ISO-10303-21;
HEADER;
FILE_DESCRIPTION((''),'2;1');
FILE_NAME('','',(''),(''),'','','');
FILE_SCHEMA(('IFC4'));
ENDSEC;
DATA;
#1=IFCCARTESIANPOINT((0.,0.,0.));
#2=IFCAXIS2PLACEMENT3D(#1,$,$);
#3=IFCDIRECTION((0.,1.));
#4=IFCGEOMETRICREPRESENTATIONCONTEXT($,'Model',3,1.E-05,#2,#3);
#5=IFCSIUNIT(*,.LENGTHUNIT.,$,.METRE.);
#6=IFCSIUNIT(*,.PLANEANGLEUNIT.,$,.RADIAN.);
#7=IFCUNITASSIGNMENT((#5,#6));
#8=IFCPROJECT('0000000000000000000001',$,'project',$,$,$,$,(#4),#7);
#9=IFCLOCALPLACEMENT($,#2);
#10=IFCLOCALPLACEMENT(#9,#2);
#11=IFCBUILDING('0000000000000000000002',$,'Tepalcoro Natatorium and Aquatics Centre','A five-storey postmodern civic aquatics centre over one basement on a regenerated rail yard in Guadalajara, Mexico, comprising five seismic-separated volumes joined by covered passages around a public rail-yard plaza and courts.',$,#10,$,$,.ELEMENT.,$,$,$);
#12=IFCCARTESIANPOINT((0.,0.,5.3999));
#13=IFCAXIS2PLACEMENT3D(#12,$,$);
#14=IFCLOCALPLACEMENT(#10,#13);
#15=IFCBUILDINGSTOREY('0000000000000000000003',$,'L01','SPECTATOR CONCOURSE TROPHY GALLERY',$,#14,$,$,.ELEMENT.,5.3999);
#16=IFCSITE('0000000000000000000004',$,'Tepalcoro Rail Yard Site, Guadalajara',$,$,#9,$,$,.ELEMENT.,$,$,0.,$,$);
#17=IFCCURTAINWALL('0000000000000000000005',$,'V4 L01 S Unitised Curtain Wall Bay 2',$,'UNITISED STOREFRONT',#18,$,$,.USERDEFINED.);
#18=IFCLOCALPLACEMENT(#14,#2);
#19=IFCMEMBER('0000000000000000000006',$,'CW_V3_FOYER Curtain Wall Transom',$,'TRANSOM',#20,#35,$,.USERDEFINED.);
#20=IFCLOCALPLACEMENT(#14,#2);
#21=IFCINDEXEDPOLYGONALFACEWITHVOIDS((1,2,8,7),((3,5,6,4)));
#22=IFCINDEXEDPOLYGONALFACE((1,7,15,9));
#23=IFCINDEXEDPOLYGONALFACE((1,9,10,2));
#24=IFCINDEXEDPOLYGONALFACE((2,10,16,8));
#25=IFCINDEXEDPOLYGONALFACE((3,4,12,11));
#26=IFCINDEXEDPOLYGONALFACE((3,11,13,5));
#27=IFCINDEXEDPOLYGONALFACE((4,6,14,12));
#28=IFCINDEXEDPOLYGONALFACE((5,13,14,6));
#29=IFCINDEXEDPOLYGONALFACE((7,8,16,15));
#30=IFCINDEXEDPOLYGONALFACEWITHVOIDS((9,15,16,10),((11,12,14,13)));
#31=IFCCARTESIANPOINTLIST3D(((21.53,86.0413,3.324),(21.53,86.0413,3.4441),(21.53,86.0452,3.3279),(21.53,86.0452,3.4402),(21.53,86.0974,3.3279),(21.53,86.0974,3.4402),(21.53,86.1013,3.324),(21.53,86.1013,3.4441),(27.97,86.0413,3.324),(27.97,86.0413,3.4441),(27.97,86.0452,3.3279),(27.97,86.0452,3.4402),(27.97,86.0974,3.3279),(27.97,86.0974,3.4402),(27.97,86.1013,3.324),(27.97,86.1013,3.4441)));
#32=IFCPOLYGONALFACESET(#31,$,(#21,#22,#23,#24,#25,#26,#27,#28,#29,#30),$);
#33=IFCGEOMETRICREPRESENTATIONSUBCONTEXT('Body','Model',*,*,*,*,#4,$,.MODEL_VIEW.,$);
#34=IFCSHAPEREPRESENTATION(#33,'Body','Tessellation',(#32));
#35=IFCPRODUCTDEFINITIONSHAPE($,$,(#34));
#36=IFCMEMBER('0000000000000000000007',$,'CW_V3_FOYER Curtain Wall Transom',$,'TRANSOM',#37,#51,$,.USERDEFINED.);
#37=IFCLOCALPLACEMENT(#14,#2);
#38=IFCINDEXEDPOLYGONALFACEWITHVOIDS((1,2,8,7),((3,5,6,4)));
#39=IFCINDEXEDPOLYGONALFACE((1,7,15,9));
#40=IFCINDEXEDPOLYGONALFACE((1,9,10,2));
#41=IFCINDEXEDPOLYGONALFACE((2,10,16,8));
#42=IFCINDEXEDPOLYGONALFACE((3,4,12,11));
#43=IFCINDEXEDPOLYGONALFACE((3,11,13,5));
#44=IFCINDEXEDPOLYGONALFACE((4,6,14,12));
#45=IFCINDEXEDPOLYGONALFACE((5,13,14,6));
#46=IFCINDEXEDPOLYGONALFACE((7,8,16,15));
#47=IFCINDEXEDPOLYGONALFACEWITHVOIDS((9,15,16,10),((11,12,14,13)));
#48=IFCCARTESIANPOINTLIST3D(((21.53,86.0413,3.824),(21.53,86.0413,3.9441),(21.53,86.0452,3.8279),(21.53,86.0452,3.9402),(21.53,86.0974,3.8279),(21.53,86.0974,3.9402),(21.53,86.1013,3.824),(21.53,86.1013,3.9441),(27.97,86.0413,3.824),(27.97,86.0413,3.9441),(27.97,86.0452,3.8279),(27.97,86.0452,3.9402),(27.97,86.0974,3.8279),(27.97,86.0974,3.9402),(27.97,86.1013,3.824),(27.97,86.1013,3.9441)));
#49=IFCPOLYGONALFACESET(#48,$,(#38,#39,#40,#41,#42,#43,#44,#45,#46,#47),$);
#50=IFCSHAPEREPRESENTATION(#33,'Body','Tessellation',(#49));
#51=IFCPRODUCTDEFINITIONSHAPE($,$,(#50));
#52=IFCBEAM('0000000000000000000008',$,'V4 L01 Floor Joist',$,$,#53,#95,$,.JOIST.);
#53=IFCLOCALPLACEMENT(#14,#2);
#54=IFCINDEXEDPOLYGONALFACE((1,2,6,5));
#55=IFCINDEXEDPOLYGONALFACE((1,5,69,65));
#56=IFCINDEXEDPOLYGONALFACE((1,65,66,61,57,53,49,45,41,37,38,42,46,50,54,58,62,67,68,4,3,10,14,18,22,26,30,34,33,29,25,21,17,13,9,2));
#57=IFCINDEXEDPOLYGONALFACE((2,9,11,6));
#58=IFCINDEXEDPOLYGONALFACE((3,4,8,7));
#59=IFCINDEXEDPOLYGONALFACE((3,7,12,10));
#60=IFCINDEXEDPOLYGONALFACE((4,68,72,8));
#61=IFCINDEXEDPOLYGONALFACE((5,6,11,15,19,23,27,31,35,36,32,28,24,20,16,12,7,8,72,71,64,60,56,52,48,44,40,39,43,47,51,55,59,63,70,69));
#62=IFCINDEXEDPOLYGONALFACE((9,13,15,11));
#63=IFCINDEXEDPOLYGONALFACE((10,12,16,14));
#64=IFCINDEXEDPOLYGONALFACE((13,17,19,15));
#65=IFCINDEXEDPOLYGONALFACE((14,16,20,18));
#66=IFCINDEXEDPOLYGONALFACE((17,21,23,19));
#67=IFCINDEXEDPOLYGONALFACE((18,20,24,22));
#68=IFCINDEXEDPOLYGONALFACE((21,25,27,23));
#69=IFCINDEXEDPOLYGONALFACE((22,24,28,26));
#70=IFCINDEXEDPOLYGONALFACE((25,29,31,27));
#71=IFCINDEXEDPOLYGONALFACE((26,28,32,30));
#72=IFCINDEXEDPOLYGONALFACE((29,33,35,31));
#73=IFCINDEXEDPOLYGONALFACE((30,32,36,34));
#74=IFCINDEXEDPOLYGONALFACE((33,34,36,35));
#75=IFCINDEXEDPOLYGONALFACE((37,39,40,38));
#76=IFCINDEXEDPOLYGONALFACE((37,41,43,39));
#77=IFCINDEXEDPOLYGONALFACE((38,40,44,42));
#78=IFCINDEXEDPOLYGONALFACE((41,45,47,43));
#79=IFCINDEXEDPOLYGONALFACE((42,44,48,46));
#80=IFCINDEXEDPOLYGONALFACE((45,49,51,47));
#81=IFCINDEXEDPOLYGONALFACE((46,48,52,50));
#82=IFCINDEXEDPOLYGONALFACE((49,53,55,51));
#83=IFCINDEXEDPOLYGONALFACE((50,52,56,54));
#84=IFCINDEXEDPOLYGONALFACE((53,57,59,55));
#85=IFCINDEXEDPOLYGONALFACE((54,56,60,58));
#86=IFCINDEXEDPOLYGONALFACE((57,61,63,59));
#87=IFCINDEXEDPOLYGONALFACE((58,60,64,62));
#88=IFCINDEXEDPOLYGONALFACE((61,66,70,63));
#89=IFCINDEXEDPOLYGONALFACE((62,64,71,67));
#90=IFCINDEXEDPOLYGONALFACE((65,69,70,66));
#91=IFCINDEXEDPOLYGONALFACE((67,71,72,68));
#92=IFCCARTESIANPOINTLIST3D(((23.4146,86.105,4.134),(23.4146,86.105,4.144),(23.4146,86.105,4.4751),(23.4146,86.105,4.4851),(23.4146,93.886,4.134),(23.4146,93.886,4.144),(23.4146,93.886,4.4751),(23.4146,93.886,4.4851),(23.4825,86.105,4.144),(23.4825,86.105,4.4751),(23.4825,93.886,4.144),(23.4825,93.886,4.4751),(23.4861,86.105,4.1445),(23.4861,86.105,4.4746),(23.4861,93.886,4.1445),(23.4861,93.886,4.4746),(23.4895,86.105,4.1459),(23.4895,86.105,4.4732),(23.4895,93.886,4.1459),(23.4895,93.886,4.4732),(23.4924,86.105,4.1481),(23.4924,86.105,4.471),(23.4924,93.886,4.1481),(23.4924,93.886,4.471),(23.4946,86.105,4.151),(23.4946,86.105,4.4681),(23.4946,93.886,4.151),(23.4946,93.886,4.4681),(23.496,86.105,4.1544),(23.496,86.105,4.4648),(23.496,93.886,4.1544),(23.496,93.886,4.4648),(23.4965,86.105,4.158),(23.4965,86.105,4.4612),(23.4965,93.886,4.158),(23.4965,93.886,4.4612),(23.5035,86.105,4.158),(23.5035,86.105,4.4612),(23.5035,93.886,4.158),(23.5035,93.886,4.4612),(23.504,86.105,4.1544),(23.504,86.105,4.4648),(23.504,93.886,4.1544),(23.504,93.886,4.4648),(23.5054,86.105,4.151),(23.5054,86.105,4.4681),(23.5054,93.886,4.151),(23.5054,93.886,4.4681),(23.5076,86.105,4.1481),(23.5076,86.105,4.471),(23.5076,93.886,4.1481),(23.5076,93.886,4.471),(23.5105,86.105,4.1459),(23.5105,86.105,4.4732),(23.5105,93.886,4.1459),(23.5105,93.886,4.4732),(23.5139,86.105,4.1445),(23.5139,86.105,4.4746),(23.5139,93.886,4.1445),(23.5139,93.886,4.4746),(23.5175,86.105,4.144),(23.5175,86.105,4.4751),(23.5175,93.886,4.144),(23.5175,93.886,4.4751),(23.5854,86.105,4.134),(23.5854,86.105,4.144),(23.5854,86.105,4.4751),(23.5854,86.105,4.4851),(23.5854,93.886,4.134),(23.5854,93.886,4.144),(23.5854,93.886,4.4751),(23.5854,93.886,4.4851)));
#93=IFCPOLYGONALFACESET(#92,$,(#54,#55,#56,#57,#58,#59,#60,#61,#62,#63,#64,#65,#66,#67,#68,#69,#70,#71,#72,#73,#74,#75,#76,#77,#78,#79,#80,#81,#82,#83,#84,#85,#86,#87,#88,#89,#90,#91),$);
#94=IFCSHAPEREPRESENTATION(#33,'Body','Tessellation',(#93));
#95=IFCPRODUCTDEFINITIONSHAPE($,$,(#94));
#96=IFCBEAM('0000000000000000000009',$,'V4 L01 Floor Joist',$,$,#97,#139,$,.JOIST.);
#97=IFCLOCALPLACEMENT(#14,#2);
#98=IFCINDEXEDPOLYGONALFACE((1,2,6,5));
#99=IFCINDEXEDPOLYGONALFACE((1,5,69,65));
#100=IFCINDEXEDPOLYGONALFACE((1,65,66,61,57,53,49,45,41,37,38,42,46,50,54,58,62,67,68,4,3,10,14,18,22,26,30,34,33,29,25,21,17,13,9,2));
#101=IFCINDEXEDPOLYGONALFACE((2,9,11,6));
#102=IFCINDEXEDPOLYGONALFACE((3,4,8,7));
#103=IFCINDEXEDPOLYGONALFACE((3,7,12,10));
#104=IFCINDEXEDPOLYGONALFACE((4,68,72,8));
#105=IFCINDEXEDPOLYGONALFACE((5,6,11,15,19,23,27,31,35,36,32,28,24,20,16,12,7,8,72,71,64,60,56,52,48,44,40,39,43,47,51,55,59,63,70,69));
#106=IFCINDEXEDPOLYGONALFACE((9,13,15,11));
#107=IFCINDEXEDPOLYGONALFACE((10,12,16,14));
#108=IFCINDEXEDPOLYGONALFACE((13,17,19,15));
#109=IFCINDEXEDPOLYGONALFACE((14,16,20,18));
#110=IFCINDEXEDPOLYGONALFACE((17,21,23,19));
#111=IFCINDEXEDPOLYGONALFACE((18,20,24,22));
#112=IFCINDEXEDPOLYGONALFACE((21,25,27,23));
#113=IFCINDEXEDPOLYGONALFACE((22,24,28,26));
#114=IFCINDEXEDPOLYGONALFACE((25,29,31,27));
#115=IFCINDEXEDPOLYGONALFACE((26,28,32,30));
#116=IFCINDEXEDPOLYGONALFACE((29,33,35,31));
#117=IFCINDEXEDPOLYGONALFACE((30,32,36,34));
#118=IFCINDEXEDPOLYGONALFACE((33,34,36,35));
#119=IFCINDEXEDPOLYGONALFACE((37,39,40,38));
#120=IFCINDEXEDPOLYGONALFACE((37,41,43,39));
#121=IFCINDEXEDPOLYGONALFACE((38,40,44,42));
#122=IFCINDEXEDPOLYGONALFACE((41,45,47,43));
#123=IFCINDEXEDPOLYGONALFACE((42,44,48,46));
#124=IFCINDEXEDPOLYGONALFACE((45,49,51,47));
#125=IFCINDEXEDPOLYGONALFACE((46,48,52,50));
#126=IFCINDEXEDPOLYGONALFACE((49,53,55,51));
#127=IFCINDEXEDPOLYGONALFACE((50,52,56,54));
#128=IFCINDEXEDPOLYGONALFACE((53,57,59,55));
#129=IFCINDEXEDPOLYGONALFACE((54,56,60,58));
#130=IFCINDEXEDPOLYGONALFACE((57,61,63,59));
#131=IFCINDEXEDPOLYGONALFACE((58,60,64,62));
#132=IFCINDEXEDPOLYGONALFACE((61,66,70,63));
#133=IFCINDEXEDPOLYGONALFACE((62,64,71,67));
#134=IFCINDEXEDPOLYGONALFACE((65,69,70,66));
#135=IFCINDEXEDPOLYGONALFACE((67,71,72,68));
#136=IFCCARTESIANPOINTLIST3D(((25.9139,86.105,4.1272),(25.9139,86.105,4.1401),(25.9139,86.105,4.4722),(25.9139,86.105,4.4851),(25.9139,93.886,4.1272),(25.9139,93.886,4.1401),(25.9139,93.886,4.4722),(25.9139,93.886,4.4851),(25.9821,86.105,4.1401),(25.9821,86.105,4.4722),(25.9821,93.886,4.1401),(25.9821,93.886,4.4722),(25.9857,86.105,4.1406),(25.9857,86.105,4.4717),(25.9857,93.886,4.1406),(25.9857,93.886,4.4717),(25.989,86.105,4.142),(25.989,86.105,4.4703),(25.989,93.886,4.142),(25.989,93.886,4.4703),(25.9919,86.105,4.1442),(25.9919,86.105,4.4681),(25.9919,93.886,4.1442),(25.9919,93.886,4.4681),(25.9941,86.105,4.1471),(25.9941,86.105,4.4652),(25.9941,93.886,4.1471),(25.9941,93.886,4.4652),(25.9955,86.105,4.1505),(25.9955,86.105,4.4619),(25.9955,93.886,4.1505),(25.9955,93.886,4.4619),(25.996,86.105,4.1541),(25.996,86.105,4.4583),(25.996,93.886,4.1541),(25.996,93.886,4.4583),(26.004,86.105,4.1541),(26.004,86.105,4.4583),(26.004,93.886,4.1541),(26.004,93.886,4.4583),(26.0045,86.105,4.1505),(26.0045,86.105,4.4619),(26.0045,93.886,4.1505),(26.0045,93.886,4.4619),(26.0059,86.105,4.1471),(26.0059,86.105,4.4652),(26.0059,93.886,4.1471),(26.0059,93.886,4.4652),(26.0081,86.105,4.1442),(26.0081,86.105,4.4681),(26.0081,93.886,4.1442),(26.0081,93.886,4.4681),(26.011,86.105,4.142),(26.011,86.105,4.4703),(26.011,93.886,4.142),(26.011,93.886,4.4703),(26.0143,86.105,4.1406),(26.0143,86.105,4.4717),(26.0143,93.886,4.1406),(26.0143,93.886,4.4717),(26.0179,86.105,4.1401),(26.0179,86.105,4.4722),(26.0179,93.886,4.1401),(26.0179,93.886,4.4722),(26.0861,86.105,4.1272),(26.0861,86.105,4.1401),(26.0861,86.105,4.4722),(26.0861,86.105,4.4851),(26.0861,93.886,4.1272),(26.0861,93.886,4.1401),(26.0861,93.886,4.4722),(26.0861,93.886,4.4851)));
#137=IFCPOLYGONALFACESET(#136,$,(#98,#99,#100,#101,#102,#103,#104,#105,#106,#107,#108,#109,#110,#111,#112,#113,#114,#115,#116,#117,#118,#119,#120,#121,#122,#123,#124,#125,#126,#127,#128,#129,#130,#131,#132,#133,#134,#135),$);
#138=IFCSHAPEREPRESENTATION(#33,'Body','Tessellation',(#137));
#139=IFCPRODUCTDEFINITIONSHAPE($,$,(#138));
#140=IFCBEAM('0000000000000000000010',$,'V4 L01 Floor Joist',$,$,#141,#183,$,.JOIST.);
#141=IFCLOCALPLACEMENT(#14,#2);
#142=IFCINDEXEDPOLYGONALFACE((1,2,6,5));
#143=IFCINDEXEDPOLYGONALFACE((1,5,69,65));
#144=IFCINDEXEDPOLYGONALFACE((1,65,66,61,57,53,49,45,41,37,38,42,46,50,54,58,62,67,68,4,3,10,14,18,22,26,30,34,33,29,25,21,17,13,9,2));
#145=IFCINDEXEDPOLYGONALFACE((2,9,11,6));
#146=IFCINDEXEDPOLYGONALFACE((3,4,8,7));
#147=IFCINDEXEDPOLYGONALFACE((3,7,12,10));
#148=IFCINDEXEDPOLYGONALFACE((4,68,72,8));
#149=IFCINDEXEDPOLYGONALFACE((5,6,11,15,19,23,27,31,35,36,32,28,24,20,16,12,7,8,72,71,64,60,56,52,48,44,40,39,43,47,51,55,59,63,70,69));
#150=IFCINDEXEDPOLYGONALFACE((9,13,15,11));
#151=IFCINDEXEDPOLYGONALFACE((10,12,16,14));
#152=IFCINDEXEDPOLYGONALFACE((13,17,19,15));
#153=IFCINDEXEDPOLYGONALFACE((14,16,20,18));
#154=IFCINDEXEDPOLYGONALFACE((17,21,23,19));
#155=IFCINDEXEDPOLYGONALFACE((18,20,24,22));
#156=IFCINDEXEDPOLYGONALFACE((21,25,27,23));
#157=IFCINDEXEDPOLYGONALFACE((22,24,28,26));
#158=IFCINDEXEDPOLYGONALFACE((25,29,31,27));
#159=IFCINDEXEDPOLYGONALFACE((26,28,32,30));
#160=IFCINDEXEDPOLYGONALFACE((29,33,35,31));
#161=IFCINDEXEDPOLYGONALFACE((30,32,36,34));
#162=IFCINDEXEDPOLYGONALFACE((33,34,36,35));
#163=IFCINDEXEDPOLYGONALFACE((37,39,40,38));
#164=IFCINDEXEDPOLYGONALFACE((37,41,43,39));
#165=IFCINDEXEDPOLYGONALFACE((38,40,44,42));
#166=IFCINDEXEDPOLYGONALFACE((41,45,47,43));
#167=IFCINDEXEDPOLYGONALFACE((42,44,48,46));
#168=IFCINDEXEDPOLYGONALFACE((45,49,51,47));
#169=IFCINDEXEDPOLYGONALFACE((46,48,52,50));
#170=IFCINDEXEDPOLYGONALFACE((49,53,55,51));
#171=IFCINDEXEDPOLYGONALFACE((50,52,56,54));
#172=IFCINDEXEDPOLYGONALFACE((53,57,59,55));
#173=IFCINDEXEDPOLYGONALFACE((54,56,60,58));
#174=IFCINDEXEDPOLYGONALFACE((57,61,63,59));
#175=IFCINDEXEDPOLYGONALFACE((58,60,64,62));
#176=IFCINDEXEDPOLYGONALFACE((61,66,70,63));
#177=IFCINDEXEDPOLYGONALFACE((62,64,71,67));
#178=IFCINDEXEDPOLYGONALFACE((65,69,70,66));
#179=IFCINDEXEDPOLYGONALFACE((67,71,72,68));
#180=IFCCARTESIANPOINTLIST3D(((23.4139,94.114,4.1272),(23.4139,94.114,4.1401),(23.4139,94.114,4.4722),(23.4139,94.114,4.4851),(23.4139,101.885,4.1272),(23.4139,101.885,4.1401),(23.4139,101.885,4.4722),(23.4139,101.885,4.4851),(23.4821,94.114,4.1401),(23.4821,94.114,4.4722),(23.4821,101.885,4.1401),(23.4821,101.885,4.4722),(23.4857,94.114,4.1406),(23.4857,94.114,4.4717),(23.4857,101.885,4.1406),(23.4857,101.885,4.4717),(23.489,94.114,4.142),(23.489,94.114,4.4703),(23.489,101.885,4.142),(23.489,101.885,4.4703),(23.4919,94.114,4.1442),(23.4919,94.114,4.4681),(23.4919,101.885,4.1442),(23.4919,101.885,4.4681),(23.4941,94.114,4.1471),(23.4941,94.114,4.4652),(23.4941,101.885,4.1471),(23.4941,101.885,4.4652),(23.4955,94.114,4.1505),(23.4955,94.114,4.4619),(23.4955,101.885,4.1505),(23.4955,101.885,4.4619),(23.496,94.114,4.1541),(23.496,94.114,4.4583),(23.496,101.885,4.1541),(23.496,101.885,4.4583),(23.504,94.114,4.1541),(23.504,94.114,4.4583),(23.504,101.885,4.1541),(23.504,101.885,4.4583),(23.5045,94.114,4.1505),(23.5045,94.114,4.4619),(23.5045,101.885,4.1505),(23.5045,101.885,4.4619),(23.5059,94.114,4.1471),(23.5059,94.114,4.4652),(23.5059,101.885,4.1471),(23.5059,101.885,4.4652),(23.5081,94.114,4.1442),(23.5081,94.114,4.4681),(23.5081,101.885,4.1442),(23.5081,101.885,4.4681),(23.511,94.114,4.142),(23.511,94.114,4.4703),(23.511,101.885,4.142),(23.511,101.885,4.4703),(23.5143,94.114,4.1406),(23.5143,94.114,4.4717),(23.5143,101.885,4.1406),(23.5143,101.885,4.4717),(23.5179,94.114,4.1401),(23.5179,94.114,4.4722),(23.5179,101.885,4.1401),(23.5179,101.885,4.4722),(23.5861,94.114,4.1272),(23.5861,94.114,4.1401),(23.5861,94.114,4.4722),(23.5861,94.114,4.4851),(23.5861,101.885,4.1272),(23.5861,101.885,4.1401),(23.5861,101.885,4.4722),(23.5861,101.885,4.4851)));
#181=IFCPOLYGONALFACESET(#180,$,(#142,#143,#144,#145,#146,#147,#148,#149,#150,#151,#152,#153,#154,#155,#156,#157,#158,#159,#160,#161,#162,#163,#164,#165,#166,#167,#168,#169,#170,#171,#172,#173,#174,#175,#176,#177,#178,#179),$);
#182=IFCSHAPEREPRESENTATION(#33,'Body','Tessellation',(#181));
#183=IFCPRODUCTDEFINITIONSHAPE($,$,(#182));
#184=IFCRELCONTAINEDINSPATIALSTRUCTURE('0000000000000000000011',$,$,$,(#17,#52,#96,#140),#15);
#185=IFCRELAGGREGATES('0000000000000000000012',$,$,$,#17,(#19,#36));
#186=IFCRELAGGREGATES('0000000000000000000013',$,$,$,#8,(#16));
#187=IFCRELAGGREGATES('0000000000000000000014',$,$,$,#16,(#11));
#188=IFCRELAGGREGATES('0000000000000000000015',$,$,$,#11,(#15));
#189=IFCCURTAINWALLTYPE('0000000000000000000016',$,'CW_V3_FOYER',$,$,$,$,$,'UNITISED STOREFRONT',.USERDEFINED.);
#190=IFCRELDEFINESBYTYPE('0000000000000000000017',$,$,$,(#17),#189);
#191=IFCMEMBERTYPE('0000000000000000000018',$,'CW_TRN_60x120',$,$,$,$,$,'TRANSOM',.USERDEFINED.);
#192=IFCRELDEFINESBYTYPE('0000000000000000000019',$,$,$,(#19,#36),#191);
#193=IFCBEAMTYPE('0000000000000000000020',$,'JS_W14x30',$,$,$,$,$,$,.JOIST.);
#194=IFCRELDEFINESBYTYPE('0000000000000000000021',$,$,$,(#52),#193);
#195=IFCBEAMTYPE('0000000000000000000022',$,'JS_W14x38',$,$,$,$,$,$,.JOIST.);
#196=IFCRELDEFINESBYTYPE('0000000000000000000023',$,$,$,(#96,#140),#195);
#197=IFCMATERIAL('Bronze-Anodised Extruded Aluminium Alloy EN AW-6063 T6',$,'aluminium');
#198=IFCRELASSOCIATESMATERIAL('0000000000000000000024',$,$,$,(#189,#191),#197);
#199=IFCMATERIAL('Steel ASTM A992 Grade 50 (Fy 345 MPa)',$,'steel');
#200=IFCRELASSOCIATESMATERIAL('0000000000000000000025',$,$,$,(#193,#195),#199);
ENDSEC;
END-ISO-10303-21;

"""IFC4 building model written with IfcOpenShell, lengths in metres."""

from ifc_helpers import new_model, si_unit, direction, frame, origin, origin_2d, place, context, subcontext, project, spatial, hollow_rectangle, i_section, extrude, material, material_profile, profile_set, type_object, element, aggregate, save


model = new_model("IFC4")

# Units and contexts
model_context = context("Model", 3, precision=1e-05, world=origin(), true_north=direction((0.0, 1.0)))
body_context = subcontext(model_context, "Body", "Model", "MODEL_VIEW")
ifc_project = project(units=[si_unit("LENGTHUNIT", "METRE"), si_unit("PLANEANGLEUNIT", "RADIAN")], contexts=[model_context])

# Site, building, storey
site_placement = place(None, origin())
site = spatial("IfcSite", under=ifc_project, at=site_placement, Name="Tepalcoro Rail Yard Site, Guadalajara", CompositionType="ELEMENT", RefElevation=0.0)
building_placement = place(site_placement, origin())
building = spatial("IfcBuilding", under=site, at=building_placement, Name="Tepalcoro Natatorium and Aquatics Centre", Description="A five-storey postmodern civic aquatics centre over one basement on a regenerated rail yard in Guadalajara, Mexico, comprising five seismic-separated volumes joined by covered passages around a public rail-yard plaza and courts.", CompositionType="ELEMENT")
storey_placement = place(building_placement, frame((0.0, 0.0, 5.3999)))
storey = spatial("IfcBuildingStorey", under=building, at=storey_placement, Name="L01", Description="SPECTATOR CONCOURSE TROPHY GALLERY", CompositionType="ELEMENT", Elevation=5.3999)

# Shared definitions
ifc_material_1 = material(Name="Steel ASTM A992 Grade 50 (Fy 345 MPa)", Category="steel")

# Curtain wall, members
ifc_material_2 = material(Name="Bronze-Anodised Extruded Aluminium Alloy EN AW-6063 T6", Category="aluminium")
curtain_wall_type = type_object("IfcCurtainWallType", Name="CW_V3_FOYER", ElementType="UNITISED STOREFRONT", PredefinedType="USERDEFINED", material=ifc_material_2)
curtain_wall_placement = place(storey_placement, origin())
curtain_wall = element("IfcCurtainWall", 1, at=curtain_wall_placement, inside=storey, type_object=curtain_wall_type, Name="V4 L01 S Unitised Curtain Wall Bay 2", ObjectType="UNITISED STOREFRONT", PredefinedType="USERDEFINED")
ifc_material_profile_1 = material_profile(ifc_material_2, hollow_rectangle(XDim=0.0601, YDim=0.1201, WallThickness=0.0039, at=origin_2d()), Name="AL60X120X4")
ifc_profile_set_1 = profile_set([ifc_material_profile_1], Name="Bronze-Anodised Extruded Aluminium Alloy EN AW-6063 T6")
member_type_1 = type_object("IfcMemberType", Name="CW_TRN_60x120", ElementType="TRANSOM", PredefinedType="USERDEFINED", material=ifc_profile_set_1)
member_1_placement = place(storey_placement, frame((21.53, 86.0713, 3.384), z_axis=(1.0, 0.0, 0.0), x_axis=(0.0, 1.0, 0.0)))
member_1 = element("IfcMember", 2, at=member_1_placement, type_object=member_type_1, Name="CW_V3_FOYER Curtain Wall Transom", ObjectType="TRANSOM", PredefinedType="USERDEFINED", context=body_context, shape_type="SweptSolid", body=[
    extrude(hollow_rectangle(XDim=0.0601, YDim=0.1201, WallThickness=0.0039, at=origin_2d()), origin(), (0.0, 0.0, 1.0), 6.4399),
])
member_2_placement = place(storey_placement, frame((21.53, 86.0713, 3.884), z_axis=(1.0, 0.0, 0.0), x_axis=(0.0, 1.0, 0.0)))
member_2 = element("IfcMember", 3, at=member_2_placement, type_object=member_type_1, Name="CW_V3_FOYER Curtain Wall Transom", ObjectType="TRANSOM", PredefinedType="USERDEFINED", context=body_context, shape_type="SweptSolid", body=[
    extrude(hollow_rectangle(XDim=0.0601, YDim=0.1201, WallThickness=0.0039, at=origin_2d()), origin(), (0.0, 0.0, 1.0), 6.4399),
])

# Beams
ifc_material_profile_2 = material_profile(ifc_material_1, i_section(OverallWidth=0.1709, OverallDepth=0.3511, WebThickness=0.0071, FlangeThickness=0.01, FilletRadius=0.0139, at=origin_2d()), Name="W14X30")
ifc_profile_set_2 = profile_set([ifc_material_profile_2], Name="Steel ASTM A992 Grade 50 (Fy 345 MPa)")
beam_type_1 = type_object("IfcBeamType", Name="JS_W14x30", PredefinedType="JOIST", material=ifc_profile_set_2)
beam_1_placement = place(storey_placement, frame((23.5, 86.105, 4.3096), z_axis=(0.0, 1.0, 0.0), x_axis=(-1.0, 0.0, 0.0)))
element("IfcBeam", 4, at=beam_1_placement, inside=storey, type_object=beam_type_1, Name="V4 L01 Floor Joist", PredefinedType="JOIST", context=body_context, shape_type="SweptSolid", body=[
    extrude(i_section(OverallWidth=0.1709, OverallDepth=0.3511, WebThickness=0.0071, FlangeThickness=0.01, FilletRadius=0.0139, at=origin_2d()), origin(), (0.0, 0.0, 1.0), 7.781),
])
ifc_material_profile_3 = material_profile(ifc_material_1, i_section(OverallWidth=0.1721, OverallDepth=0.3579, WebThickness=0.0081, FlangeThickness=0.0129, FilletRadius=0.0139, at=origin_2d()), Name="W14X38")
ifc_profile_set_3 = profile_set([ifc_material_profile_3], Name="Steel ASTM A992 Grade 50 (Fy 345 MPa)")
beam_type_2 = type_object("IfcBeamType", Name="JS_W14x38", PredefinedType="JOIST", material=ifc_profile_set_3)
beam_2_placement = place(storey_placement, frame((26.0, 86.105, 4.3062), z_axis=(0.0, 1.0, 0.0), x_axis=(-1.0, 0.0, 0.0)))
element("IfcBeam", 5, at=beam_2_placement, inside=storey, type_object=beam_type_2, Name="V4 L01 Floor Joist", PredefinedType="JOIST", context=body_context, shape_type="SweptSolid", body=[
    extrude(i_section(OverallWidth=0.1721, OverallDepth=0.3579, WebThickness=0.0081, FlangeThickness=0.0129, FilletRadius=0.0139, at=origin_2d()), origin(), (0.0, 0.0, 1.0), 7.781),
])
beam_3_placement = place(storey_placement, frame((23.5, 94.114, 4.3062), z_axis=(0.0, 1.0, 0.0), x_axis=(-1.0, 0.0, 0.0)))
element("IfcBeam", 6, at=beam_3_placement, inside=storey, type_object=beam_type_2, Name="V4 L01 Floor Joist", PredefinedType="JOIST", context=body_context, shape_type="SweptSolid", body=[
    extrude(i_section(OverallWidth=0.1721, OverallDepth=0.3579, WebThickness=0.0081, FlangeThickness=0.0129, FilletRadius=0.0139, at=origin_2d()), origin(), (0.0, 0.0, 1.0), 7.771),
])

aggregate(curtain_wall, [member_1, member_2])

save(model, "model.ifc")
